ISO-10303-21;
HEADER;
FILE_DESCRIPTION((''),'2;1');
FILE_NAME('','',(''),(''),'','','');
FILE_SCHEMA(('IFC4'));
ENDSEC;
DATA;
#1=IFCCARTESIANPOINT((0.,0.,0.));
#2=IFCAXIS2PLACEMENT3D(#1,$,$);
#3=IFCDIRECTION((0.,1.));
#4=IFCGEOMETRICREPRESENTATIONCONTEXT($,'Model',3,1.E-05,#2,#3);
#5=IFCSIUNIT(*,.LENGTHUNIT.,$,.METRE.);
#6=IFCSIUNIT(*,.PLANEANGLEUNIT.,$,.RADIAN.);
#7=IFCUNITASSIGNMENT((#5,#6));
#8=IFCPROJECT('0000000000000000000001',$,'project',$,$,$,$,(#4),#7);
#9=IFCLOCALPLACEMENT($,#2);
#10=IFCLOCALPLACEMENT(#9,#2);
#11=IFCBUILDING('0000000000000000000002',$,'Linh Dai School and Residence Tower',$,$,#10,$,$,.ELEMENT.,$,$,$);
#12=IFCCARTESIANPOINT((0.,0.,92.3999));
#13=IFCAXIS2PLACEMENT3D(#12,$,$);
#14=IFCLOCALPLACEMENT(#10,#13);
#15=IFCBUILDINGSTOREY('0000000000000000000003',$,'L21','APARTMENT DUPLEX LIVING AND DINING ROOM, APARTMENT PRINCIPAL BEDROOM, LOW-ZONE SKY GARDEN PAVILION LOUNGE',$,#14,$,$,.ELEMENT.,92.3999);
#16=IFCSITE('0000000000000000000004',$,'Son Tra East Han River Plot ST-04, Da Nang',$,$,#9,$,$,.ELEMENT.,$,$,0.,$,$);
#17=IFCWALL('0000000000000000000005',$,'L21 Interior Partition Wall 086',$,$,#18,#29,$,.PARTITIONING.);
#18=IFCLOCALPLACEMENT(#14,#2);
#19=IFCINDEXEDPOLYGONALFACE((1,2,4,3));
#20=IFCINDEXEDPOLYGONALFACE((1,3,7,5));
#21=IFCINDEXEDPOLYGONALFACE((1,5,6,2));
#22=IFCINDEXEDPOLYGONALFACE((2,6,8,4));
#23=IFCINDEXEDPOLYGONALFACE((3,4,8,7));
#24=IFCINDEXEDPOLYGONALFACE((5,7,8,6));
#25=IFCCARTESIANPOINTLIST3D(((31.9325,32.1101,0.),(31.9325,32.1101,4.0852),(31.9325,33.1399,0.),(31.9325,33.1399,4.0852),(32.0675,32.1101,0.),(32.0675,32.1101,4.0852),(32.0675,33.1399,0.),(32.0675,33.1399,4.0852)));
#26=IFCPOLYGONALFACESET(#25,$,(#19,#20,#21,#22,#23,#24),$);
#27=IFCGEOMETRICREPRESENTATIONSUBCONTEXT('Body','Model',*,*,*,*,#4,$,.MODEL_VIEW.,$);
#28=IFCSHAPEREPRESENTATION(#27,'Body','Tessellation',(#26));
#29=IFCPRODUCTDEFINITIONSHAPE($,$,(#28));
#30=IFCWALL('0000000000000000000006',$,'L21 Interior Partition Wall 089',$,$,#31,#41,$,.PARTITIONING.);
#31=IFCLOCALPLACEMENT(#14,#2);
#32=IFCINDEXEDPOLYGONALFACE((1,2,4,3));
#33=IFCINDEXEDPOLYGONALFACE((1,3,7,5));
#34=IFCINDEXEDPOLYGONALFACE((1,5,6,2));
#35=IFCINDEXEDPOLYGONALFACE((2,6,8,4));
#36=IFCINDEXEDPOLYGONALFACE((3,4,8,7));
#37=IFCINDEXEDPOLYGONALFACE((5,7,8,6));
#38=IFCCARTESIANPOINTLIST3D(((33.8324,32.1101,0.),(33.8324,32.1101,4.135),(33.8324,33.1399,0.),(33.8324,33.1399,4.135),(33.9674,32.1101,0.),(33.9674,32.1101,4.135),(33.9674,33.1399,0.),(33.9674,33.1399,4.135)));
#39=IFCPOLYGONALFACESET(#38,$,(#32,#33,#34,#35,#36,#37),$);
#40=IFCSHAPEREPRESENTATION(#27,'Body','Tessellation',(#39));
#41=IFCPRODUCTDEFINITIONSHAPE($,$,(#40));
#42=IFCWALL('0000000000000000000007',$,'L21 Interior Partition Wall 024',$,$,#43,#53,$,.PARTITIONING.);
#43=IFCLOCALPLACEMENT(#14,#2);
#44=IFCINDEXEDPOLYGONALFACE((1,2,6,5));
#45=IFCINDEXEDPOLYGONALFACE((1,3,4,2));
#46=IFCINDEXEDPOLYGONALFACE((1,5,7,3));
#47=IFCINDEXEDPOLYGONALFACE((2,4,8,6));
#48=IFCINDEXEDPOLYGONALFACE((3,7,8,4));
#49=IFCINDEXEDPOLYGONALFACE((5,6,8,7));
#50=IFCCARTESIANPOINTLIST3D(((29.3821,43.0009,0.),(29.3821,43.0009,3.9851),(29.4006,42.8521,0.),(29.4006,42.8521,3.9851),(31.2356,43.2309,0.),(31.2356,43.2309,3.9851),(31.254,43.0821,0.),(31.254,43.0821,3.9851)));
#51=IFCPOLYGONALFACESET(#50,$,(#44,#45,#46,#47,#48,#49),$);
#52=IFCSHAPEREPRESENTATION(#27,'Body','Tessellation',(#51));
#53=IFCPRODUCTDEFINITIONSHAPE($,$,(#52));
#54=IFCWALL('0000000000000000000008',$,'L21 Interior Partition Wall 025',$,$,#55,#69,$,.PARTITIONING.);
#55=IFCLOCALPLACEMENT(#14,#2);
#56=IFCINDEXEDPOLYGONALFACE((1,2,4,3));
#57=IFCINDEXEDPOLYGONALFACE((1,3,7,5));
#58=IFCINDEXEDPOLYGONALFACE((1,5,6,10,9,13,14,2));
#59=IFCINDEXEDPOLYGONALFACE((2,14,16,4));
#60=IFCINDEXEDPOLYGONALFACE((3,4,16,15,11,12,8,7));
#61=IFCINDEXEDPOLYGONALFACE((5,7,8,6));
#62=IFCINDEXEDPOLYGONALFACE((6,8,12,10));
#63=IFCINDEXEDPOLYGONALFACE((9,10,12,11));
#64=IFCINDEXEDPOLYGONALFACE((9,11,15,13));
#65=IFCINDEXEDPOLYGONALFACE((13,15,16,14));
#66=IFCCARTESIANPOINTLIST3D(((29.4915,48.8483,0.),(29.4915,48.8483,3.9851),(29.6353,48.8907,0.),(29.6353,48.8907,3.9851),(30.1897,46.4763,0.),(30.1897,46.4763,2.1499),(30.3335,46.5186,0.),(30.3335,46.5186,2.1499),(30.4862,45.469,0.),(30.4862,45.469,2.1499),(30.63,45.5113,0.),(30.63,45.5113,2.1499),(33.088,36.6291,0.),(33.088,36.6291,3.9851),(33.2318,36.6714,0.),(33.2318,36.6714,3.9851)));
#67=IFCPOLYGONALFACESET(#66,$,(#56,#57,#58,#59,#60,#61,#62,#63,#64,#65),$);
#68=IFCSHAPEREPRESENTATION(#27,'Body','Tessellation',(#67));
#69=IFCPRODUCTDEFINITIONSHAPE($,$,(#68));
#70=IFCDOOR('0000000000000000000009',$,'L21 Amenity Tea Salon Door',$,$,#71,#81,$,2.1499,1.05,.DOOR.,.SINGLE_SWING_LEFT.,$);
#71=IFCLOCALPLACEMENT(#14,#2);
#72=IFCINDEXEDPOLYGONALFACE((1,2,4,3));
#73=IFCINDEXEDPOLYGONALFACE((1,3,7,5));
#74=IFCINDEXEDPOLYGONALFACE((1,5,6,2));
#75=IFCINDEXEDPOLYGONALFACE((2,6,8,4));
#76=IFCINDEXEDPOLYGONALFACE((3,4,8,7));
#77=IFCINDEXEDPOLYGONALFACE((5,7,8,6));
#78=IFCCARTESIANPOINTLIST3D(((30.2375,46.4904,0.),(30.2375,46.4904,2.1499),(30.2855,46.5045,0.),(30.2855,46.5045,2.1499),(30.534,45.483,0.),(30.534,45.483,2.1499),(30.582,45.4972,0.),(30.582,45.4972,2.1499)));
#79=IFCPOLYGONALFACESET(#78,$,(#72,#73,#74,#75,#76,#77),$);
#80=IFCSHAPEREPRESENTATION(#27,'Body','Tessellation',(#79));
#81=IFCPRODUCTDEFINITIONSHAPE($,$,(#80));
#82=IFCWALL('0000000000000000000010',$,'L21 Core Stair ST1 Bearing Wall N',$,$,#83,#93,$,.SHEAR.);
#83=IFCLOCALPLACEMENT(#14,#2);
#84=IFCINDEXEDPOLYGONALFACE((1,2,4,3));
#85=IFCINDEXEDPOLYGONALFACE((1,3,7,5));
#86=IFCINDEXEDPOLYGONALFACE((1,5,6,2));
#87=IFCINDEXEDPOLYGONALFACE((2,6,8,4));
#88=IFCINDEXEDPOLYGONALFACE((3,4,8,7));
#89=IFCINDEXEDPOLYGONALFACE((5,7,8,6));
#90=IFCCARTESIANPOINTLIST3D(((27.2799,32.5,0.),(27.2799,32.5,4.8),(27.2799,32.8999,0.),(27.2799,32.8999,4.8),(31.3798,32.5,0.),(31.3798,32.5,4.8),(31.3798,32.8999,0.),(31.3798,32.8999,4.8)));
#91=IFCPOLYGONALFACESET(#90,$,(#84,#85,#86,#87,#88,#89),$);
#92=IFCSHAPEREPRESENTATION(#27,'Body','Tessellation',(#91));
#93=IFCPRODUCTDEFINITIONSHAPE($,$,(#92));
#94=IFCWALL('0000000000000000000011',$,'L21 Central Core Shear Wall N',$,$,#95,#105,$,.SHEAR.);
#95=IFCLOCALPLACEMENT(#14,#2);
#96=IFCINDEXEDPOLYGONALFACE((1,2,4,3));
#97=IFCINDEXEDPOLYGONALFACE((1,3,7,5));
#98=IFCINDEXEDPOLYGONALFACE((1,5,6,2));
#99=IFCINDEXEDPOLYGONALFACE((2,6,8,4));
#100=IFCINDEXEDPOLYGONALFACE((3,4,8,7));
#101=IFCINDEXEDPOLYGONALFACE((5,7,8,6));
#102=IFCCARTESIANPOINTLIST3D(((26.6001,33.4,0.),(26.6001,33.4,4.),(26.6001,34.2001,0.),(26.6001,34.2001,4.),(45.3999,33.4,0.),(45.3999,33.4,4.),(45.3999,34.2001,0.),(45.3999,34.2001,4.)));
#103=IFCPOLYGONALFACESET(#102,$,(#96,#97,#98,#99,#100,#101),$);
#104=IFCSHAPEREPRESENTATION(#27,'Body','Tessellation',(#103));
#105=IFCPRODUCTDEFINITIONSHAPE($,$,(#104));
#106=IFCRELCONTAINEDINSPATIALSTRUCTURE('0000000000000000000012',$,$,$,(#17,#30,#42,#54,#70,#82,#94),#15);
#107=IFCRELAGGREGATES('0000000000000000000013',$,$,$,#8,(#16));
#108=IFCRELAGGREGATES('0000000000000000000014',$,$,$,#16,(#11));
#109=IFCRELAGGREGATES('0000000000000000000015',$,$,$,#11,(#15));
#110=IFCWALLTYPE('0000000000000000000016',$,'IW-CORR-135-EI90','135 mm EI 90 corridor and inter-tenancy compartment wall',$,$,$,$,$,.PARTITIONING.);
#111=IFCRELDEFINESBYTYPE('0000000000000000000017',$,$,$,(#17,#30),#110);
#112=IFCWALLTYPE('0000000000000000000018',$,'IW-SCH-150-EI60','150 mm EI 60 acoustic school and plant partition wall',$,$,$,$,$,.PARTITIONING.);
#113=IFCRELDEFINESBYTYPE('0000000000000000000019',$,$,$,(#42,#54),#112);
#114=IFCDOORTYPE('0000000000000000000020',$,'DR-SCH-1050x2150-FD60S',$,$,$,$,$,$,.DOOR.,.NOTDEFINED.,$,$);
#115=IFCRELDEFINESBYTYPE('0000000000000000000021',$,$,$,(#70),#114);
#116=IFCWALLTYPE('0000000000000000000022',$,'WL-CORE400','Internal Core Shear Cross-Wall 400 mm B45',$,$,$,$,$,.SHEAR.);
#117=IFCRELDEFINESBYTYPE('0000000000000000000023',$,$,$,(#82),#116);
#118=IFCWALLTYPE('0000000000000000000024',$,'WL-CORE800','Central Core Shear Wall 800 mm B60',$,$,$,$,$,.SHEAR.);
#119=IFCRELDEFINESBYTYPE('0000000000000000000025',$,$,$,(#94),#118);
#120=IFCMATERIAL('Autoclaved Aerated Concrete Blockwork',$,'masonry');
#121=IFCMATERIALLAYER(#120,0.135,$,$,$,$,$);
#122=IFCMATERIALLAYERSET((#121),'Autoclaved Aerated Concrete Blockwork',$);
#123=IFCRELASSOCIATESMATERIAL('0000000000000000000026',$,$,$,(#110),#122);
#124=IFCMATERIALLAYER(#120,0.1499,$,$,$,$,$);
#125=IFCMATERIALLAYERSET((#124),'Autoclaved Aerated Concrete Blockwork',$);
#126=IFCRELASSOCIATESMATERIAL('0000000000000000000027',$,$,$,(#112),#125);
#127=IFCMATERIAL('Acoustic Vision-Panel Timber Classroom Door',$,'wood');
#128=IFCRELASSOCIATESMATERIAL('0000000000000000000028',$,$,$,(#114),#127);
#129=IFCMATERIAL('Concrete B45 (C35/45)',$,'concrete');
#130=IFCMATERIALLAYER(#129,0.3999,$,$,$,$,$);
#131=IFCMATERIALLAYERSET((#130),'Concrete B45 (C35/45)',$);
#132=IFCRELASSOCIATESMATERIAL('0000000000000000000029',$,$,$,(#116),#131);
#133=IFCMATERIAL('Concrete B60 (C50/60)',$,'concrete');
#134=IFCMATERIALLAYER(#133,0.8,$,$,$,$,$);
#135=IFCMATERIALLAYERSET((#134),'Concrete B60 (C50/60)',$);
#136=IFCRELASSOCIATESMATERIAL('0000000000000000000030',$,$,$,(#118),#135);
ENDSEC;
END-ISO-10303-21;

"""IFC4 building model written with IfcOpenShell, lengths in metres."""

from ifc_helpers import new_model, si_unit, direction, frame, frame_2d, origin, origin_2d, place, context, subcontext, project, spatial, rectangle, extrude, source, transform, mapped, material, layer, layer_set, type_object, element, fill, save


model = new_model("IFC4")

# Units and contexts
model_context = context("Model", 3, precision=1e-05, world=origin(), true_north=direction((0.0, 1.0)))
body_context = subcontext(model_context, "Body", "Model", "MODEL_VIEW")
ifc_project = project(units=[si_unit("LENGTHUNIT", "METRE"), si_unit("PLANEANGLEUNIT", "RADIAN")], contexts=[model_context])

# Site, building, storey
site_placement = place(None, origin())
site = spatial("IfcSite", under=ifc_project, at=site_placement, Name="Son Tra East Han River Plot ST-04, Da Nang", CompositionType="ELEMENT", RefElevation=0.0)
building_placement = place(site_placement, origin())
building = spatial("IfcBuilding", under=site, at=building_placement, Name="Linh Dai School and Residence Tower", CompositionType="ELEMENT")
storey_placement = place(building_placement, frame((0.0, 0.0, 92.3999)))
storey = spatial("IfcBuildingStorey", under=building, at=storey_placement, Name="L21", Description="APARTMENT DUPLEX LIVING AND DINING ROOM, APARTMENT PRINCIPAL BEDROOM, LOW-ZONE SKY GARDEN PAVILION LOUNGE", CompositionType="ELEMENT", Elevation=92.3999)

# Walls
ifc_material_1 = material(Name="Autoclaved Aerated Concrete Blockwork", Category="masonry")
ifc_layer_1 = layer(ifc_material_1, 0.135)
ifc_layer_set_1 = layer_set([ifc_layer_1], Name="Autoclaved Aerated Concrete Blockwork")
wall_type_1 = type_object("IfcWallType", Name="IW-CORR-135-EI90", Description="135 mm EI 90 corridor and inter-tenancy compartment wall", PredefinedType="PARTITIONING", material=ifc_layer_set_1)
wall_1_placement = place(storey_placement, frame((32.0, 33.1399, 0.0), z_axis=(0.0, 0.0, 1.0), x_axis=(0.0, -1.0, 0.0)))
element("IfcWall", 1, at=wall_1_placement, inside=storey, type_object=wall_type_1, Name="L21 Interior Partition Wall 086", PredefinedType="PARTITIONING", context=body_context, shape_type="SweptSolid", body=[
    extrude(rectangle(XDim=1.0298, YDim=0.135, at=frame_2d((0.5149, 0.0))), origin(), (0.0, 0.0, 1.0), 4.0852),
])
wall_2_placement = place(storey_placement, frame((33.8999, 32.1101, 0.0), z_axis=(0.0, 0.0, 1.0), x_axis=(0.0, 1.0, 0.0)))
element("IfcWall", 2, at=wall_2_placement, inside=storey, type_object=wall_type_1, Name="L21 Interior Partition Wall 089", PredefinedType="PARTITIONING", context=body_context, shape_type="SweptSolid", body=[
    extrude(rectangle(XDim=1.0298, YDim=0.135, at=frame_2d((0.5149, 0.0))), origin(), (0.0, 0.0, 1.0), 4.135),
])
ifc_layer_2 = layer(ifc_material_1, 0.1499)
ifc_layer_set_2 = layer_set([ifc_layer_2], Name="Autoclaved Aerated Concrete Blockwork")
wall_type_2 = type_object("IfcWallType", Name="IW-SCH-150-EI60", Description="150 mm EI 60 acoustic school and plant partition wall", PredefinedType="PARTITIONING", material=ifc_layer_set_2)
wall_3_placement = place(storey_placement, frame((29.3914, 42.9265, 0.0), z_axis=(0.0, 0.0, 1.0), x_axis=(0.99239, 0.123134, 0.0)))
element("IfcWall", 3, at=wall_3_placement, inside=storey, type_object=wall_type_2, Name="L21 Interior Partition Wall 024", PredefinedType="PARTITIONING", context=body_context, shape_type="SweptSolid", body=[
    extrude(rectangle(XDim=1.8677, YDim=0.1499, at=frame_2d((0.9338, 0.0))), origin(), (0.0, 0.0, 1.0), 3.9851),
])

# Wall, opening, door
wall_4_placement = place(storey_placement, frame((29.5635, 48.8694, 0.0), z_axis=(0.0, 0.0, 1.0), x_axis=(0.28235, -0.959311, 0.0)))
wall_4 = element("IfcWall", 4, at=wall_4_placement, inside=storey, type_object=wall_type_2, Name="L21 Interior Partition Wall 025", PredefinedType="PARTITIONING", context=body_context, shape_type="SweptSolid", body=[
    extrude(rectangle(XDim=12.7375, YDim=0.1499, at=frame_2d((6.3687, 0.0))), origin(), (0.0, 0.0, 1.0), 3.9851),
])
opening_1_placement = place(wall_4_placement, frame((2.4727, 0.0, 0.0)))
opening_1 = element("IfcOpeningElement", 5, at=opening_1_placement, cuts=wall_4, PredefinedType="OPENING", context=body_context, shape_type="SweptSolid", body=[
    extrude(rectangle(XDim=1.05, YDim=2.1499, at=origin_2d()), frame((0.5249, 0.085, 1.075), z_axis=(0.0, -1.0, 0.0), x_axis=(1.0, 0.0, 0.0)), (0.0, 0.0, 1.0), 0.1699),
])
ifc_material_2 = material(Name="Acoustic Vision-Panel Timber Classroom Door", Category="wood")
door_type = type_object("IfcDoorType", Name="DR-SCH-1050x2150-FD60S", OperationType="NOTDEFINED", PredefinedType="DOOR", material=ifc_material_2)
shared_shape_1 = source(origin(), body_context, "Body", "SweptSolid", [
    extrude(rectangle(XDim=1.05, YDim=2.1499, at=origin_2d()), frame((0.5249, 0.0249, 1.075), z_axis=(0.0, -1.0, 0.0), x_axis=(1.0, 0.0, 0.0)), (0.0, 0.0, 1.0), 0.05),
])
door_placement = place(opening_1_placement, origin())
door = element("IfcDoor", 6, at=door_placement, inside=storey, type_object=door_type, Name="L21 Amenity Tea Salon Door", OperationType="SINGLE_SWING_LEFT", OverallHeight=2.1499, OverallWidth=1.05, PredefinedType="DOOR", context=body_context, shape_type="MappedRepresentation", body=[
    mapped(shared_shape_1, transform((0.0, 0.0, 0.0), x_axis=(1.0, 0.0, 0.0), y_axis=(0.0, 1.0, 0.0), z_axis=(0.0, 0.0, 1.0), scale=1.0)),
])
fill(opening_1, door)

# Walls
ifc_material_3 = material(Name="Concrete B45 (C35/45)", Category="concrete")
ifc_layer_3 = layer(ifc_material_3, 0.3999)
ifc_layer_set_3 = layer_set([ifc_layer_3], Name="Concrete B45 (C35/45)")
wall_type_3 = type_object("IfcWallType", Name="WL-CORE400", Description="Internal Core Shear Cross-Wall 400 mm B45", PredefinedType="SHEAR", material=ifc_layer_set_3)
wall_5_placement = place(storey_placement, frame((27.28, 32.7, 0.0), z_axis=(0.0, 0.0, 1.0), x_axis=(1.0, 0.0, 0.0)))
element("IfcWall", 7, at=wall_5_placement, inside=storey, type_object=wall_type_3, Name="L21 Core Stair ST1 Bearing Wall N", PredefinedType="SHEAR", context=body_context, shape_type="SweptSolid", body=[
    extrude(rectangle(XDim=4.0999, YDim=0.3999, at=frame_2d((2.0498, 0.0))), origin(), (0.0, 0.0, 1.0), 4.8),
])
ifc_material_4 = material(Name="Concrete B60 (C50/60)", Category="concrete")
ifc_layer_4 = layer(ifc_material_4, 0.8)
ifc_layer_set_4 = layer_set([ifc_layer_4], Name="Concrete B60 (C50/60)")
wall_type_4 = type_object("IfcWallType", Name="WL-CORE800", Description="Central Core Shear Wall 800 mm B60", PredefinedType="SHEAR", material=ifc_layer_set_4)
wall_6_placement = place(storey_placement, frame((26.6001, 33.8, 0.0), z_axis=(0.0, 0.0, 1.0), x_axis=(1.0, 0.0, 0.0)))
element("IfcWall", 8, at=wall_6_placement, inside=storey, type_object=wall_type_4, Name="L21 Central Core Shear Wall N", PredefinedType="SHEAR", context=body_context, shape_type="SweptSolid", body=[
    extrude(rectangle(XDim=18.7998, YDim=0.8, at=frame_2d((9.3999, 0.0))), origin(), (0.0, 0.0, 1.0), 4.0),
])

save(model, "model.ifc")
